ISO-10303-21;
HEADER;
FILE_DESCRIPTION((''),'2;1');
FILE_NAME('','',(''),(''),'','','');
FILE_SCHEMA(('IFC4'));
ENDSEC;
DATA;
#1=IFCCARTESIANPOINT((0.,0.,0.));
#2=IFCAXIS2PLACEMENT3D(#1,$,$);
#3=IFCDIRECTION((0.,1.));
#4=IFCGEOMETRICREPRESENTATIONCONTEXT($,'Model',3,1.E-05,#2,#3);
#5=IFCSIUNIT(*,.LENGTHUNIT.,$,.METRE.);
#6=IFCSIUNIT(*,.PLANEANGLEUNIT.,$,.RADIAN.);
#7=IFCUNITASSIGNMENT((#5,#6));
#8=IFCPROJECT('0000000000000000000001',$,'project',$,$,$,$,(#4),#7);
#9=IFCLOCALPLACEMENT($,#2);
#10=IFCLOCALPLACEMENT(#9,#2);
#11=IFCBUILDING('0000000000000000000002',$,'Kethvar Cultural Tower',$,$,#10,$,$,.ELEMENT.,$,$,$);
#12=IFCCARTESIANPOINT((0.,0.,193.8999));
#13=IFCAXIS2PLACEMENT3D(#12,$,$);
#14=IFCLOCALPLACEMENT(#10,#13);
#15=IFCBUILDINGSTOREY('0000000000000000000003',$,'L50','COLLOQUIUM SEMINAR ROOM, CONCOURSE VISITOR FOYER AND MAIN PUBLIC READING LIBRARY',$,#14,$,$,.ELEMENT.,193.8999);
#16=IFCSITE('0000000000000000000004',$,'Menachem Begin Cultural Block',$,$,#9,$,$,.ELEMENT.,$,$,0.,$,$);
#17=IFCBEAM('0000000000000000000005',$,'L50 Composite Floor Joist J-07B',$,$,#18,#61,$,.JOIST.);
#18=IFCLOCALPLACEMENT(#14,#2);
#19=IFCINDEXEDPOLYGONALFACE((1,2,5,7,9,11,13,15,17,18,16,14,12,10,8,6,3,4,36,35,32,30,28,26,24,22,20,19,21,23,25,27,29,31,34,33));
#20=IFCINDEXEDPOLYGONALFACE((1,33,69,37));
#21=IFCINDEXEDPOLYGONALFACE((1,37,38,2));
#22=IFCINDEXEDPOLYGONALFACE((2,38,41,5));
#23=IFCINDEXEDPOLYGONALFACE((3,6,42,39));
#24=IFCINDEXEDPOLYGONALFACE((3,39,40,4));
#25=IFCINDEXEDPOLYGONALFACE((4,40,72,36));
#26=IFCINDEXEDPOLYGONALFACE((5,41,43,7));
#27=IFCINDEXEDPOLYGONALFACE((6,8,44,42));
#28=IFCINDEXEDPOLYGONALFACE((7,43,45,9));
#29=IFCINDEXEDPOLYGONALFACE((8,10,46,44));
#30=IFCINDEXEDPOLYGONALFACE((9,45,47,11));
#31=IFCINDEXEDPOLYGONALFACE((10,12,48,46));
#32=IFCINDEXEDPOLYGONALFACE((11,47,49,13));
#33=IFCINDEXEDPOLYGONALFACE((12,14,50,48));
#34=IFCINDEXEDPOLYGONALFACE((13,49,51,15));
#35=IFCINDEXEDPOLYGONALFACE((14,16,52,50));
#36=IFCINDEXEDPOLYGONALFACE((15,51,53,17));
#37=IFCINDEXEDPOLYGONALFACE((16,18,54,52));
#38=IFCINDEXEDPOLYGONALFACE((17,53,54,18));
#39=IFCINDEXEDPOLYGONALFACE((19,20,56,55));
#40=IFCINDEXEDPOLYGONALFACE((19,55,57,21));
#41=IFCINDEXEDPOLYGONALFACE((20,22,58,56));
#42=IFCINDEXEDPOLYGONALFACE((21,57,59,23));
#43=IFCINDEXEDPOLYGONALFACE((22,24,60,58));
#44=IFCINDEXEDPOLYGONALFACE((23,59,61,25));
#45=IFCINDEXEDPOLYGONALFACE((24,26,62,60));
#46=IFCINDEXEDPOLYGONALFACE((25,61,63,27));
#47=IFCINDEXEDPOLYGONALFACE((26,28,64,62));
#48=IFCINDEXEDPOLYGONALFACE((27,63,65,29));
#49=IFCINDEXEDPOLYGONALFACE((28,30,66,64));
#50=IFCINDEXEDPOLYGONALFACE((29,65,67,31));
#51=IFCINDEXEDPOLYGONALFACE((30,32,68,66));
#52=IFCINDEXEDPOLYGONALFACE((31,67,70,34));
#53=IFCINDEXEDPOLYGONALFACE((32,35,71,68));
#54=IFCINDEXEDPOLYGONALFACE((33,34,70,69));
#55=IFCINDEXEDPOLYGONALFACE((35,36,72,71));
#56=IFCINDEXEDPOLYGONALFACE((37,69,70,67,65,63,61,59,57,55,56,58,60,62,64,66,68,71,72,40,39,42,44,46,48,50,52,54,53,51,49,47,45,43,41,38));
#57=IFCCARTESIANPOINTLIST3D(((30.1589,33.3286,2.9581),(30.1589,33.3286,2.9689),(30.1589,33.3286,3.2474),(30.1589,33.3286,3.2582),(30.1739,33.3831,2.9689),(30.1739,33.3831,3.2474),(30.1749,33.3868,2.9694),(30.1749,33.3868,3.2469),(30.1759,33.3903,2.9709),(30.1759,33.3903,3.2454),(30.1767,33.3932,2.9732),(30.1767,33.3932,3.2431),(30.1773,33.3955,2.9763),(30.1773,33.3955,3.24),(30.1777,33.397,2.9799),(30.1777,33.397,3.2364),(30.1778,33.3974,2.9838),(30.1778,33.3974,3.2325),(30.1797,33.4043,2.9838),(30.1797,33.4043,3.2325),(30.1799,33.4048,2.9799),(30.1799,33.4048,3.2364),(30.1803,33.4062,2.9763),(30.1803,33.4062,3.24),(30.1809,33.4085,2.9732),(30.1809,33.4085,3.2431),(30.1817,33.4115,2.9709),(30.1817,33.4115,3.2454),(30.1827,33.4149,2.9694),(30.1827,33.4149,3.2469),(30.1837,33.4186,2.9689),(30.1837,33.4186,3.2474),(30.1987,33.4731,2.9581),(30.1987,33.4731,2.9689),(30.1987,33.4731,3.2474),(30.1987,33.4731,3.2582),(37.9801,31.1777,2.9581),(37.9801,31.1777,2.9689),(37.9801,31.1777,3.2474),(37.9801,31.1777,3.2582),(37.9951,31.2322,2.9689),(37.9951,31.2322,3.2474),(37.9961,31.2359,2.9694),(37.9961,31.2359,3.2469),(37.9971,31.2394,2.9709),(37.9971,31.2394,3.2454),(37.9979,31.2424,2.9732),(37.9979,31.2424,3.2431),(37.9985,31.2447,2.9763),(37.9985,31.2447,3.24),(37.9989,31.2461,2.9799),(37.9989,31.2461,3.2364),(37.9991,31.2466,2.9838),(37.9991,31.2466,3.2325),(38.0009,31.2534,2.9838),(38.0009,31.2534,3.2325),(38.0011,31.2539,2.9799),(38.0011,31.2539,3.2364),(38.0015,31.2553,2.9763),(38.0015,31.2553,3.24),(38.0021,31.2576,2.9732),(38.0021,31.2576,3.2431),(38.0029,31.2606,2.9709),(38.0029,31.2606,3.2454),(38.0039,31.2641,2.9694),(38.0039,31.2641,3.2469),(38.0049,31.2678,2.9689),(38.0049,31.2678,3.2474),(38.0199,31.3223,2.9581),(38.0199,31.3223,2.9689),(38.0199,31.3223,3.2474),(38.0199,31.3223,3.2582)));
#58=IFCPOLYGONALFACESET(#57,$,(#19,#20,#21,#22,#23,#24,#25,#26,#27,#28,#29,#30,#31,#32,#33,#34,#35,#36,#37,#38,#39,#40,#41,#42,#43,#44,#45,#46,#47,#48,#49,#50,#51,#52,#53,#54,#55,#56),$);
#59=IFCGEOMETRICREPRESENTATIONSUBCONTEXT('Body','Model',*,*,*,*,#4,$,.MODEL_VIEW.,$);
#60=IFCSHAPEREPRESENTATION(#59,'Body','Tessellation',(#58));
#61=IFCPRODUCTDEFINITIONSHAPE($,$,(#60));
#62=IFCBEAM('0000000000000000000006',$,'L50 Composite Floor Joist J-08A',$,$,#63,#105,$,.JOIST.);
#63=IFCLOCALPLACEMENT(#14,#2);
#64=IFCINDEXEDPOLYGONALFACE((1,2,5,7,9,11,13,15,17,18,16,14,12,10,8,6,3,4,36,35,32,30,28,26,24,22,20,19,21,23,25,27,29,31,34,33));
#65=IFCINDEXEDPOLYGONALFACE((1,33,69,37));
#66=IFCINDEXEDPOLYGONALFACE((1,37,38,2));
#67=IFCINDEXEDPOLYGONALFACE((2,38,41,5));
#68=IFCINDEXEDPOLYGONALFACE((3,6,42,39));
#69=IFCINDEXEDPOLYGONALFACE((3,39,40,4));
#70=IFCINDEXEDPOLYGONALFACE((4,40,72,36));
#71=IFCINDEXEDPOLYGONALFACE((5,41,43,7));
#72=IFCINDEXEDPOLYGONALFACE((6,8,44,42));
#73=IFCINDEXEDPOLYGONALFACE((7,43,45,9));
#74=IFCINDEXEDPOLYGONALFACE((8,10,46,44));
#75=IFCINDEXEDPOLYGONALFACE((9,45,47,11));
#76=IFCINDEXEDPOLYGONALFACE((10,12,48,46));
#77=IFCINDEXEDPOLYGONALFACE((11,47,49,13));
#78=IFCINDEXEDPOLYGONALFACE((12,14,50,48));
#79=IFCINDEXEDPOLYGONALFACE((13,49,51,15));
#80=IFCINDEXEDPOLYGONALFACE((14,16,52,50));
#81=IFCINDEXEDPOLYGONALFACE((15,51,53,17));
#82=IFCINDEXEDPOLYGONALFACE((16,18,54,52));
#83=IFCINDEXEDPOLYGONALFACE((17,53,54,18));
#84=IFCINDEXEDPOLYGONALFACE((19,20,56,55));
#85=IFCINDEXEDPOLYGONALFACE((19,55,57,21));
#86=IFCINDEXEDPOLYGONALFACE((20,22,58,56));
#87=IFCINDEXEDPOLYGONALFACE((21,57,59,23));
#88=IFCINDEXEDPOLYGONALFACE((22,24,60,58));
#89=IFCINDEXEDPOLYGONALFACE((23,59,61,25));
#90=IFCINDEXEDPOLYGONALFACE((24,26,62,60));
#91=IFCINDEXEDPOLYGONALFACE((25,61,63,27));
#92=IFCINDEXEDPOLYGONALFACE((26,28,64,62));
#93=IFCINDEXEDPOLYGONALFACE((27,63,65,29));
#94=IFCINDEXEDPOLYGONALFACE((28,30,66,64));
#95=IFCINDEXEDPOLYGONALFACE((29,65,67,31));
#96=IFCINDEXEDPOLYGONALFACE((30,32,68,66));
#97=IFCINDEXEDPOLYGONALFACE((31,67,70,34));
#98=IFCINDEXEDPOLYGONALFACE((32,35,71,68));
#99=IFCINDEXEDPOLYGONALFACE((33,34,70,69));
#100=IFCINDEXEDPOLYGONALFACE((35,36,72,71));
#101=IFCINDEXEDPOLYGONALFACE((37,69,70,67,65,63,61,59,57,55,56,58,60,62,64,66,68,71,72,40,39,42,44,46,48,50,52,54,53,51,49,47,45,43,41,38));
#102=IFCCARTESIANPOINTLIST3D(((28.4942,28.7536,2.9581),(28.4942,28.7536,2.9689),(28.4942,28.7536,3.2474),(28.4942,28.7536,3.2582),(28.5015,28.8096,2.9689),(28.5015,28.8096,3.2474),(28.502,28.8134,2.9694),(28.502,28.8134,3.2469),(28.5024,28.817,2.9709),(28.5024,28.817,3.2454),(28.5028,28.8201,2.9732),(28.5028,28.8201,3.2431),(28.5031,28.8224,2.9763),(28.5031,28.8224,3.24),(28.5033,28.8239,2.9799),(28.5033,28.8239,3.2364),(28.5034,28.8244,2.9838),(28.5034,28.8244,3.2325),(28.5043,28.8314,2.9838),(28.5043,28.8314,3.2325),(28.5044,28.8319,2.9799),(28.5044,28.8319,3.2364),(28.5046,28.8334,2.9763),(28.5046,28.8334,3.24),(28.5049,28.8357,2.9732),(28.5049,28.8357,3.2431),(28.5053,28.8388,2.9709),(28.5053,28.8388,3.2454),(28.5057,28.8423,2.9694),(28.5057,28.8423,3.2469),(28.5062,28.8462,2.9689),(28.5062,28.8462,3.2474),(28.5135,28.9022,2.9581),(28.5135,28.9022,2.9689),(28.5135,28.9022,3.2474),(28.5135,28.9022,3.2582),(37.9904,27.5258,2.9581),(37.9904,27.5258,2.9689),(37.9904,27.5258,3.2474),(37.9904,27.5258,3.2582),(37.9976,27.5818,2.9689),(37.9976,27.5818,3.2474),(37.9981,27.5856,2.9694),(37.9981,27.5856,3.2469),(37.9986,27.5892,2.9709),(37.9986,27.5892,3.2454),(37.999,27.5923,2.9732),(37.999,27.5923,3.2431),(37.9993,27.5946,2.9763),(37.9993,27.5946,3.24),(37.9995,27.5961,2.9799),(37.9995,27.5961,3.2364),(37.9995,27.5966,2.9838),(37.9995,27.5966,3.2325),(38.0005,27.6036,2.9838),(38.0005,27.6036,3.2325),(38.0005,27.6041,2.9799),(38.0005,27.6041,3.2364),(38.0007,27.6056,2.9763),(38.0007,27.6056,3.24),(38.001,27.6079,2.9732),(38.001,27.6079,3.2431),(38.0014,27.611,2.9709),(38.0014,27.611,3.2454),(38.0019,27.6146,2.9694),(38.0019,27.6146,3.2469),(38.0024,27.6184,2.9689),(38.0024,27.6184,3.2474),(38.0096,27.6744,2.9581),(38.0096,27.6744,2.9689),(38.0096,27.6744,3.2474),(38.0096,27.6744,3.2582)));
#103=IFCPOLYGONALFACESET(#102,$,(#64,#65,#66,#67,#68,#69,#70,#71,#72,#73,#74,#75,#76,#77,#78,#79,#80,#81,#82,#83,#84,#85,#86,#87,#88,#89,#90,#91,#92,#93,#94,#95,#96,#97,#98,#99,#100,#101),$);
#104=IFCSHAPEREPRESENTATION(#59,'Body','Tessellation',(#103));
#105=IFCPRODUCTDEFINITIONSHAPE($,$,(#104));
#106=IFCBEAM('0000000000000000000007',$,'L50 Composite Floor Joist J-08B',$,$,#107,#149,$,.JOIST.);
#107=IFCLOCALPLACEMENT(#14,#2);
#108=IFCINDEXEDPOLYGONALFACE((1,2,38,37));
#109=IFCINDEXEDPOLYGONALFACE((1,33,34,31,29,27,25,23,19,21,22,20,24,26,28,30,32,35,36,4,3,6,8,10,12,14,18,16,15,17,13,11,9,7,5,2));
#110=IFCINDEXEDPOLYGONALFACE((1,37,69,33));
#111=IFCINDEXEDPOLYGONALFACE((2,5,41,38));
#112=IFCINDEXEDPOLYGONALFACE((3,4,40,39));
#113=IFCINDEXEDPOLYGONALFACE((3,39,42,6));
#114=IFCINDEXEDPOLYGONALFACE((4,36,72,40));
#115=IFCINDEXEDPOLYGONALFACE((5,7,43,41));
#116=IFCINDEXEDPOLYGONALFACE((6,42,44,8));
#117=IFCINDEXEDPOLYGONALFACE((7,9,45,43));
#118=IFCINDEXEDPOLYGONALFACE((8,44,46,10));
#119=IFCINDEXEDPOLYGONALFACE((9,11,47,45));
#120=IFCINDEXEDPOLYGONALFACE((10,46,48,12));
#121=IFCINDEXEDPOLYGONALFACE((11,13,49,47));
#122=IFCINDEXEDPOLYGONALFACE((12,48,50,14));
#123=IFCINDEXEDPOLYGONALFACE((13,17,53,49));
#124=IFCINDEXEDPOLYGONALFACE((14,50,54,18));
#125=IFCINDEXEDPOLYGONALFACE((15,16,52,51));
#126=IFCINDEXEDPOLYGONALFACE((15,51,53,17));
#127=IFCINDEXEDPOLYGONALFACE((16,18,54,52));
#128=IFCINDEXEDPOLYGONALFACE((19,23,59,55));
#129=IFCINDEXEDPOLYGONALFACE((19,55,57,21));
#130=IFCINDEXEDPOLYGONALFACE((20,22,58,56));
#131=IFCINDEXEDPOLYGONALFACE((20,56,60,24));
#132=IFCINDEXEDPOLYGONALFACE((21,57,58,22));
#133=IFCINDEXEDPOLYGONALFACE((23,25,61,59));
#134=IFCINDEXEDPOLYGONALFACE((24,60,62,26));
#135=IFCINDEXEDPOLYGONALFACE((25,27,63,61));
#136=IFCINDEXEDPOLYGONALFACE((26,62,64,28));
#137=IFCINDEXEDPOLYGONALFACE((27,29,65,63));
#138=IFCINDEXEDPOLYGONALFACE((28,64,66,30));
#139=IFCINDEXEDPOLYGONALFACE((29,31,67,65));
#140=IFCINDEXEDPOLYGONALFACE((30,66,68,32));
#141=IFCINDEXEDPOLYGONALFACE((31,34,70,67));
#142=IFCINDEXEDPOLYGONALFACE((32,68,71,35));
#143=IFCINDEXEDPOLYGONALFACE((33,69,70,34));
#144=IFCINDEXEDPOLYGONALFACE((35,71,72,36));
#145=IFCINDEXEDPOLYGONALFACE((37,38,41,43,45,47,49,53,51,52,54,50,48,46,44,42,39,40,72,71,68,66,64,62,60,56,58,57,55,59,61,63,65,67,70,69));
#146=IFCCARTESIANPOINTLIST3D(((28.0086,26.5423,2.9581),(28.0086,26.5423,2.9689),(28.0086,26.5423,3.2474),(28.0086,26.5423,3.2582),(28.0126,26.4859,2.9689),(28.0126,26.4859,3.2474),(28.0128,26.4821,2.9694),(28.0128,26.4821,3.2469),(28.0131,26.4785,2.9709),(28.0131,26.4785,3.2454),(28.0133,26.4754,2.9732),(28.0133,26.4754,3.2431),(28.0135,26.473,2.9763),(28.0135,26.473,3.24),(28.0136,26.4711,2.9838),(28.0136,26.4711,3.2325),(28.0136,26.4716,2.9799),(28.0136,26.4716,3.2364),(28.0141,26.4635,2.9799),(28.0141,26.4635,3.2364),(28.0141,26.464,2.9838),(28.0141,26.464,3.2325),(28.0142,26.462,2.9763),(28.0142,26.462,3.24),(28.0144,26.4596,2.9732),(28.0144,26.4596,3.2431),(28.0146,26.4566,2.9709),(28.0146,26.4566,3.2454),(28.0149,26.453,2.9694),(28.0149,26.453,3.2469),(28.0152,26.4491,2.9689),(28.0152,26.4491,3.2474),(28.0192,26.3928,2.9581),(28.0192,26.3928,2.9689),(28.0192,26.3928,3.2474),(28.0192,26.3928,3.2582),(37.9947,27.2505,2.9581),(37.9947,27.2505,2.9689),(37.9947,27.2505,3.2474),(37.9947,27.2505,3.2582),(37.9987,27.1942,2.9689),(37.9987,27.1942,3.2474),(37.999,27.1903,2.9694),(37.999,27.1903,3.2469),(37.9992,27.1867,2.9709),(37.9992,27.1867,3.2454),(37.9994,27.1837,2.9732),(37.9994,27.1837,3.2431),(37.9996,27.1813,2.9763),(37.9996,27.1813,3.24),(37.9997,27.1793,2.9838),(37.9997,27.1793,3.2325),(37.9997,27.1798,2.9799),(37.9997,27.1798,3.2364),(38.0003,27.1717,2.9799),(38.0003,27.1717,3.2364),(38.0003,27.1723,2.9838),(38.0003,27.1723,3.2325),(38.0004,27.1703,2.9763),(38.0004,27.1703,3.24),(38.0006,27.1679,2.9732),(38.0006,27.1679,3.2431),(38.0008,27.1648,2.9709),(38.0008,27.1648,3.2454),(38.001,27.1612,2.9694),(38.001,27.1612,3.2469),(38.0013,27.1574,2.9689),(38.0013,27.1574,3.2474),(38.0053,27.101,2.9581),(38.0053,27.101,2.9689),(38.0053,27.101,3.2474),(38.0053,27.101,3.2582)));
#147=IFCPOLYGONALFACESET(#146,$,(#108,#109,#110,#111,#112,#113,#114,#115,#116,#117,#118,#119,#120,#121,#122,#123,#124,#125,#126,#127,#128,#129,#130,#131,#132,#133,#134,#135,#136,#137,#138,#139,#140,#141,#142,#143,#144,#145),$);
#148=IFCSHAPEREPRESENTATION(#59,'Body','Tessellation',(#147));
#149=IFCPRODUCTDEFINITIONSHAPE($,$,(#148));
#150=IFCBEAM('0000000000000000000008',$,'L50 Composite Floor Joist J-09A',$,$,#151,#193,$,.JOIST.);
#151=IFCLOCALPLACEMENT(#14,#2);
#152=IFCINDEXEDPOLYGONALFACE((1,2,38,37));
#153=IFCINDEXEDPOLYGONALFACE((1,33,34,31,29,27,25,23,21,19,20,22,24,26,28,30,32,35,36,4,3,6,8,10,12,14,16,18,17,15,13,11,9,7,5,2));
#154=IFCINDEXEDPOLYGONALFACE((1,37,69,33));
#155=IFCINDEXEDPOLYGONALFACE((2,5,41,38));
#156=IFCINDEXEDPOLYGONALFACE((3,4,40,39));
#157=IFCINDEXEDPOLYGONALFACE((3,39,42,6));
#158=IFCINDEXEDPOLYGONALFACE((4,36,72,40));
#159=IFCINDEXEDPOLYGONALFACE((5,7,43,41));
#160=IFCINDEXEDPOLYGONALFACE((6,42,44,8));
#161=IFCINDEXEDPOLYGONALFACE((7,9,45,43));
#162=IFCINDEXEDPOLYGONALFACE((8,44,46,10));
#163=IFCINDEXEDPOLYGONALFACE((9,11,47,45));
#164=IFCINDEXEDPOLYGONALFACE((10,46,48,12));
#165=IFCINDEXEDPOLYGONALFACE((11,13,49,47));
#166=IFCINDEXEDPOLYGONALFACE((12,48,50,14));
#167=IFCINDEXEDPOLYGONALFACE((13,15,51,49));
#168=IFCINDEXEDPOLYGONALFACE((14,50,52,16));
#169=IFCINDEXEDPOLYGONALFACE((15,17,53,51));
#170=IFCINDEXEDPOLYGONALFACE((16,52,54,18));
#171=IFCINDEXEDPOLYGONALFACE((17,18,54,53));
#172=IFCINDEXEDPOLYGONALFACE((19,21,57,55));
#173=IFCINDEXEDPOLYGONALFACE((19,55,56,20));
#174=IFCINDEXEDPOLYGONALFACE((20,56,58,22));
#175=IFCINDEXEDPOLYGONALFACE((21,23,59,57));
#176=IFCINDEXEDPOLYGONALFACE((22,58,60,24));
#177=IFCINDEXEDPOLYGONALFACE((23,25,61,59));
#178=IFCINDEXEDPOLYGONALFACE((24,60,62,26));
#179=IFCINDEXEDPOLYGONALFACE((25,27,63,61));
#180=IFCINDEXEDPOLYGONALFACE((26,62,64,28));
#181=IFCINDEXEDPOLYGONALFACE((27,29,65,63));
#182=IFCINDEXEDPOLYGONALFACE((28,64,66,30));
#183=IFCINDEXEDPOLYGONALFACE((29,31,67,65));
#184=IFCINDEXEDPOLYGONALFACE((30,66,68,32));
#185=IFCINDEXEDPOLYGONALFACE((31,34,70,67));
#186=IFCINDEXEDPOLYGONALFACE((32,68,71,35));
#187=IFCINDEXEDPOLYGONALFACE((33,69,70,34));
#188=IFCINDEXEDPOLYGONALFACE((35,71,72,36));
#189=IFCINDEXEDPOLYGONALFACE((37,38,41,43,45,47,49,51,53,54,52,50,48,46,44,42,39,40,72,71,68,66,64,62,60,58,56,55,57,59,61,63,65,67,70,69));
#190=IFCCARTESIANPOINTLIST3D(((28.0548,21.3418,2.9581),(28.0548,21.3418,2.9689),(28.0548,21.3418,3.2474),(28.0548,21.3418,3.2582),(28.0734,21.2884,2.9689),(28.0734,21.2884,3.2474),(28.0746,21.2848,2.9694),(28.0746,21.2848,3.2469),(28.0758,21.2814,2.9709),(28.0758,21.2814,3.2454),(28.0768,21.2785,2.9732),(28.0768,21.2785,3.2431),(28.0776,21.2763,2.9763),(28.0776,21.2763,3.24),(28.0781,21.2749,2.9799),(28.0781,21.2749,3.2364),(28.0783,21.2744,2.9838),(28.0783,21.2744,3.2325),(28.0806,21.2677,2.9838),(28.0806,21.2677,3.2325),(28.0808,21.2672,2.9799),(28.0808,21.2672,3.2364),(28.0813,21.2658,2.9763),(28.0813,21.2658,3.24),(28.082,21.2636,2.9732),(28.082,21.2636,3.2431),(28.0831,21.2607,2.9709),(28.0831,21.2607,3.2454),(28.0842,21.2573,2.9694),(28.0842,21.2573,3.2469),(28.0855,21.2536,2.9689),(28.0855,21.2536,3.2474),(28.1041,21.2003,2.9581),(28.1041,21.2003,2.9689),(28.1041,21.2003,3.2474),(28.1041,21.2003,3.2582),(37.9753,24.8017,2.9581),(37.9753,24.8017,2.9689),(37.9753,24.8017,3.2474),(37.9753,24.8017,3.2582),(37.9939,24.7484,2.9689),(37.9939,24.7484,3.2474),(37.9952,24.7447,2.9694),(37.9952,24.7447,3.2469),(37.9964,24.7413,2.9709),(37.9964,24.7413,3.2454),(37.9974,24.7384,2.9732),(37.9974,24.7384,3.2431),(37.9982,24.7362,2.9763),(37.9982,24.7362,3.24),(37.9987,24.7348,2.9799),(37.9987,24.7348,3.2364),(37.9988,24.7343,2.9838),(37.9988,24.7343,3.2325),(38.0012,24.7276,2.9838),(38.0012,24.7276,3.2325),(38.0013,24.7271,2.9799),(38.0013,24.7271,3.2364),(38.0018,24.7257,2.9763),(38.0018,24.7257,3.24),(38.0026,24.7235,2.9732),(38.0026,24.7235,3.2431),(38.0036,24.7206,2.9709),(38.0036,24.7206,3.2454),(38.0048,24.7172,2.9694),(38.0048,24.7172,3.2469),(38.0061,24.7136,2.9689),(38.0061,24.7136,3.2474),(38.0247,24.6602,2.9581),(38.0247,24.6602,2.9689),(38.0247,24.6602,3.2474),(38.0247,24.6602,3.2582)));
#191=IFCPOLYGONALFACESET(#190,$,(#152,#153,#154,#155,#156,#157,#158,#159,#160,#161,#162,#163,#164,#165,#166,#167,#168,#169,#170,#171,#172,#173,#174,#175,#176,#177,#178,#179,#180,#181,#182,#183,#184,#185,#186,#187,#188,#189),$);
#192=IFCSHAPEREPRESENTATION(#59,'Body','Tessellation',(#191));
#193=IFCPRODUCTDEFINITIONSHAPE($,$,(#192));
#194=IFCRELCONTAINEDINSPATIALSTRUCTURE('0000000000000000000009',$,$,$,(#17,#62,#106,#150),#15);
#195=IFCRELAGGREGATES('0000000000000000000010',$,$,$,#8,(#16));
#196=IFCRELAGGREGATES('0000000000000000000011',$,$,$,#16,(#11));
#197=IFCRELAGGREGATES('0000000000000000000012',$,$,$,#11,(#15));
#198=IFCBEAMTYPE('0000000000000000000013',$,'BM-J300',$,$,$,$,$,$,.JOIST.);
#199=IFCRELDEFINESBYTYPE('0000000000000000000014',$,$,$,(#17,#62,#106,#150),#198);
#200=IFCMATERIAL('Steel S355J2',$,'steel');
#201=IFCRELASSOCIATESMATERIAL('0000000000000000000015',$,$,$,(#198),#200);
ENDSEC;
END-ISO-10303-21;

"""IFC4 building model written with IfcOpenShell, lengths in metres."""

from ifc_helpers import new_model, si_unit, direction, frame, origin, origin_2d, place, context, subcontext, project, spatial, i_section, extrude, source, transform, mapped, material, material_profile, profile_set, type_object, element, save


model = new_model("IFC4")

# Units and contexts
model_context = context("Model", 3, precision=1e-05, world=origin(), true_north=direction((0.0, 1.0)))
body_context = subcontext(model_context, "Body", "Model", "MODEL_VIEW")
ifc_project = project(units=[si_unit("LENGTHUNIT", "METRE"), si_unit("PLANEANGLEUNIT", "RADIAN")], contexts=[model_context])

# Site, building, storey
site_placement = place(None, origin())
site = spatial("IfcSite", under=ifc_project, at=site_placement, Name="Menachem Begin Cultural Block", CompositionType="ELEMENT", RefElevation=0.0)
building_placement = place(site_placement, origin())
building = spatial("IfcBuilding", under=site, at=building_placement, Name="Kethvar Cultural Tower", CompositionType="ELEMENT")
storey_placement = place(building_placement, frame((0.0, 0.0, 193.8999)))
storey = spatial("IfcBuildingStorey", under=building, at=storey_placement, Name="L50", Description="COLLOQUIUM SEMINAR ROOM, CONCOURSE VISITOR FOYER AND MAIN PUBLIC READING LIBRARY", CompositionType="ELEMENT", Elevation=193.8999)

# Beams
ifc_material_1 = material(Name="Steel S355J2", Category="steel")
ifc_material_profile_1 = material_profile(ifc_material_1, i_section(OverallWidth=0.1499, OverallDepth=0.3, WebThickness=0.0071, FlangeThickness=0.0107, FilletRadius=0.0149, at=origin_2d()), Name="Steel S355J2 — IPE300")
ifc_profile_set_1 = profile_set([ifc_material_profile_1], Name="Steel S355J2 — IPE300")
beam_type_1 = type_object("IfcBeamType", Name="BM-J300", PredefinedType="JOIST", material=ifc_profile_set_1)
shared_shape_1 = source(origin(), body_context, "Body", "SweptSolid", [
    extrude(i_section(OverallWidth=0.1499, OverallDepth=0.3, WebThickness=0.0071, FlangeThickness=0.0107, FilletRadius=0.0149, at=origin_2d()), origin(), (0.0, 0.0, 1.0), 8.1116),
])
beam_1_placement = place(storey_placement, frame((38.0, 31.25, 3.1082), z_axis=(-0.964205, 0.265159, 0.0), x_axis=(-0.265159, -0.964205, 0.0)))
element("IfcBeam", 1, at=beam_1_placement, inside=storey, type_object=beam_type_1, Name="L50 Composite Floor Joist J-07B", PredefinedType="JOIST", context=body_context, shape_type="MappedRepresentation", body=[
    mapped(shared_shape_1, transform((0.0, 0.0, 0.0), scale=1.0)),
])
shared_shape_2 = source(origin(), body_context, "Body", "SweptSolid", [
    extrude(i_section(OverallWidth=0.1499, OverallDepth=0.3, WebThickness=0.0071, FlangeThickness=0.0107, FilletRadius=0.0149, at=origin_2d()), origin(), (0.0, 0.0, 1.0), 9.5752),
])
beam_2_placement = place(storey_placement, frame((38.0, 27.6001, 3.1082), z_axis=(-0.991745, 0.128226, 0.0), x_axis=(-0.128226, -0.991745, 0.0)))
element("IfcBeam", 2, at=beam_2_placement, inside=storey, type_object=beam_type_1, Name="L50 Composite Floor Joist J-08A", PredefinedType="JOIST", context=body_context, shape_type="MappedRepresentation", body=[
    mapped(shared_shape_2, transform((0.0, 0.0, 0.0), scale=1.0)),
])
shared_shape_3 = source(origin(), body_context, "Body", "SweptSolid", [
    extrude(i_section(OverallWidth=0.1499, OverallDepth=0.3, WebThickness=0.0071, FlangeThickness=0.0107, FilletRadius=0.0149, at=origin_2d()), origin(), (0.0, 0.0, 1.0), 10.0112),
])
beam_3_placement = place(storey_placement, frame((38.0, 27.1758, 3.1082), z_axis=(-0.997494, -0.070746, 0.0), x_axis=(0.070746, -0.997494, 0.0)))
element("IfcBeam", 3, at=beam_3_placement, inside=storey, type_object=beam_type_1, Name="L50 Composite Floor Joist J-08B", PredefinedType="JOIST", context=body_context, shape_type="MappedRepresentation", body=[
    mapped(shared_shape_3, transform((0.0, 0.0, 0.0), scale=1.0)),
])
shared_shape_4 = source(origin(), body_context, "Body", "SweptSolid", [
    extrude(i_section(OverallWidth=0.1499, OverallDepth=0.3, WebThickness=0.0071, FlangeThickness=0.0107, FilletRadius=0.0149, at=origin_2d()), origin(), (0.0, 0.0, 1.0), 10.5066),
])
beam_4_placement = place(storey_placement, frame((38.0, 24.731, 3.1082), z_axis=(-0.944222, -0.32931, 0.0), x_axis=(0.32931, -0.944222, 0.0)))
element("IfcBeam", 4, at=beam_4_placement, inside=storey, type_object=beam_type_1, Name="L50 Composite Floor Joist J-09A", PredefinedType="JOIST", context=body_context, shape_type="MappedRepresentation", body=[
    mapped(shared_shape_4, transform((0.0, 0.0, 0.0), scale=1.0)),
])

save(model, "model.ifc")
